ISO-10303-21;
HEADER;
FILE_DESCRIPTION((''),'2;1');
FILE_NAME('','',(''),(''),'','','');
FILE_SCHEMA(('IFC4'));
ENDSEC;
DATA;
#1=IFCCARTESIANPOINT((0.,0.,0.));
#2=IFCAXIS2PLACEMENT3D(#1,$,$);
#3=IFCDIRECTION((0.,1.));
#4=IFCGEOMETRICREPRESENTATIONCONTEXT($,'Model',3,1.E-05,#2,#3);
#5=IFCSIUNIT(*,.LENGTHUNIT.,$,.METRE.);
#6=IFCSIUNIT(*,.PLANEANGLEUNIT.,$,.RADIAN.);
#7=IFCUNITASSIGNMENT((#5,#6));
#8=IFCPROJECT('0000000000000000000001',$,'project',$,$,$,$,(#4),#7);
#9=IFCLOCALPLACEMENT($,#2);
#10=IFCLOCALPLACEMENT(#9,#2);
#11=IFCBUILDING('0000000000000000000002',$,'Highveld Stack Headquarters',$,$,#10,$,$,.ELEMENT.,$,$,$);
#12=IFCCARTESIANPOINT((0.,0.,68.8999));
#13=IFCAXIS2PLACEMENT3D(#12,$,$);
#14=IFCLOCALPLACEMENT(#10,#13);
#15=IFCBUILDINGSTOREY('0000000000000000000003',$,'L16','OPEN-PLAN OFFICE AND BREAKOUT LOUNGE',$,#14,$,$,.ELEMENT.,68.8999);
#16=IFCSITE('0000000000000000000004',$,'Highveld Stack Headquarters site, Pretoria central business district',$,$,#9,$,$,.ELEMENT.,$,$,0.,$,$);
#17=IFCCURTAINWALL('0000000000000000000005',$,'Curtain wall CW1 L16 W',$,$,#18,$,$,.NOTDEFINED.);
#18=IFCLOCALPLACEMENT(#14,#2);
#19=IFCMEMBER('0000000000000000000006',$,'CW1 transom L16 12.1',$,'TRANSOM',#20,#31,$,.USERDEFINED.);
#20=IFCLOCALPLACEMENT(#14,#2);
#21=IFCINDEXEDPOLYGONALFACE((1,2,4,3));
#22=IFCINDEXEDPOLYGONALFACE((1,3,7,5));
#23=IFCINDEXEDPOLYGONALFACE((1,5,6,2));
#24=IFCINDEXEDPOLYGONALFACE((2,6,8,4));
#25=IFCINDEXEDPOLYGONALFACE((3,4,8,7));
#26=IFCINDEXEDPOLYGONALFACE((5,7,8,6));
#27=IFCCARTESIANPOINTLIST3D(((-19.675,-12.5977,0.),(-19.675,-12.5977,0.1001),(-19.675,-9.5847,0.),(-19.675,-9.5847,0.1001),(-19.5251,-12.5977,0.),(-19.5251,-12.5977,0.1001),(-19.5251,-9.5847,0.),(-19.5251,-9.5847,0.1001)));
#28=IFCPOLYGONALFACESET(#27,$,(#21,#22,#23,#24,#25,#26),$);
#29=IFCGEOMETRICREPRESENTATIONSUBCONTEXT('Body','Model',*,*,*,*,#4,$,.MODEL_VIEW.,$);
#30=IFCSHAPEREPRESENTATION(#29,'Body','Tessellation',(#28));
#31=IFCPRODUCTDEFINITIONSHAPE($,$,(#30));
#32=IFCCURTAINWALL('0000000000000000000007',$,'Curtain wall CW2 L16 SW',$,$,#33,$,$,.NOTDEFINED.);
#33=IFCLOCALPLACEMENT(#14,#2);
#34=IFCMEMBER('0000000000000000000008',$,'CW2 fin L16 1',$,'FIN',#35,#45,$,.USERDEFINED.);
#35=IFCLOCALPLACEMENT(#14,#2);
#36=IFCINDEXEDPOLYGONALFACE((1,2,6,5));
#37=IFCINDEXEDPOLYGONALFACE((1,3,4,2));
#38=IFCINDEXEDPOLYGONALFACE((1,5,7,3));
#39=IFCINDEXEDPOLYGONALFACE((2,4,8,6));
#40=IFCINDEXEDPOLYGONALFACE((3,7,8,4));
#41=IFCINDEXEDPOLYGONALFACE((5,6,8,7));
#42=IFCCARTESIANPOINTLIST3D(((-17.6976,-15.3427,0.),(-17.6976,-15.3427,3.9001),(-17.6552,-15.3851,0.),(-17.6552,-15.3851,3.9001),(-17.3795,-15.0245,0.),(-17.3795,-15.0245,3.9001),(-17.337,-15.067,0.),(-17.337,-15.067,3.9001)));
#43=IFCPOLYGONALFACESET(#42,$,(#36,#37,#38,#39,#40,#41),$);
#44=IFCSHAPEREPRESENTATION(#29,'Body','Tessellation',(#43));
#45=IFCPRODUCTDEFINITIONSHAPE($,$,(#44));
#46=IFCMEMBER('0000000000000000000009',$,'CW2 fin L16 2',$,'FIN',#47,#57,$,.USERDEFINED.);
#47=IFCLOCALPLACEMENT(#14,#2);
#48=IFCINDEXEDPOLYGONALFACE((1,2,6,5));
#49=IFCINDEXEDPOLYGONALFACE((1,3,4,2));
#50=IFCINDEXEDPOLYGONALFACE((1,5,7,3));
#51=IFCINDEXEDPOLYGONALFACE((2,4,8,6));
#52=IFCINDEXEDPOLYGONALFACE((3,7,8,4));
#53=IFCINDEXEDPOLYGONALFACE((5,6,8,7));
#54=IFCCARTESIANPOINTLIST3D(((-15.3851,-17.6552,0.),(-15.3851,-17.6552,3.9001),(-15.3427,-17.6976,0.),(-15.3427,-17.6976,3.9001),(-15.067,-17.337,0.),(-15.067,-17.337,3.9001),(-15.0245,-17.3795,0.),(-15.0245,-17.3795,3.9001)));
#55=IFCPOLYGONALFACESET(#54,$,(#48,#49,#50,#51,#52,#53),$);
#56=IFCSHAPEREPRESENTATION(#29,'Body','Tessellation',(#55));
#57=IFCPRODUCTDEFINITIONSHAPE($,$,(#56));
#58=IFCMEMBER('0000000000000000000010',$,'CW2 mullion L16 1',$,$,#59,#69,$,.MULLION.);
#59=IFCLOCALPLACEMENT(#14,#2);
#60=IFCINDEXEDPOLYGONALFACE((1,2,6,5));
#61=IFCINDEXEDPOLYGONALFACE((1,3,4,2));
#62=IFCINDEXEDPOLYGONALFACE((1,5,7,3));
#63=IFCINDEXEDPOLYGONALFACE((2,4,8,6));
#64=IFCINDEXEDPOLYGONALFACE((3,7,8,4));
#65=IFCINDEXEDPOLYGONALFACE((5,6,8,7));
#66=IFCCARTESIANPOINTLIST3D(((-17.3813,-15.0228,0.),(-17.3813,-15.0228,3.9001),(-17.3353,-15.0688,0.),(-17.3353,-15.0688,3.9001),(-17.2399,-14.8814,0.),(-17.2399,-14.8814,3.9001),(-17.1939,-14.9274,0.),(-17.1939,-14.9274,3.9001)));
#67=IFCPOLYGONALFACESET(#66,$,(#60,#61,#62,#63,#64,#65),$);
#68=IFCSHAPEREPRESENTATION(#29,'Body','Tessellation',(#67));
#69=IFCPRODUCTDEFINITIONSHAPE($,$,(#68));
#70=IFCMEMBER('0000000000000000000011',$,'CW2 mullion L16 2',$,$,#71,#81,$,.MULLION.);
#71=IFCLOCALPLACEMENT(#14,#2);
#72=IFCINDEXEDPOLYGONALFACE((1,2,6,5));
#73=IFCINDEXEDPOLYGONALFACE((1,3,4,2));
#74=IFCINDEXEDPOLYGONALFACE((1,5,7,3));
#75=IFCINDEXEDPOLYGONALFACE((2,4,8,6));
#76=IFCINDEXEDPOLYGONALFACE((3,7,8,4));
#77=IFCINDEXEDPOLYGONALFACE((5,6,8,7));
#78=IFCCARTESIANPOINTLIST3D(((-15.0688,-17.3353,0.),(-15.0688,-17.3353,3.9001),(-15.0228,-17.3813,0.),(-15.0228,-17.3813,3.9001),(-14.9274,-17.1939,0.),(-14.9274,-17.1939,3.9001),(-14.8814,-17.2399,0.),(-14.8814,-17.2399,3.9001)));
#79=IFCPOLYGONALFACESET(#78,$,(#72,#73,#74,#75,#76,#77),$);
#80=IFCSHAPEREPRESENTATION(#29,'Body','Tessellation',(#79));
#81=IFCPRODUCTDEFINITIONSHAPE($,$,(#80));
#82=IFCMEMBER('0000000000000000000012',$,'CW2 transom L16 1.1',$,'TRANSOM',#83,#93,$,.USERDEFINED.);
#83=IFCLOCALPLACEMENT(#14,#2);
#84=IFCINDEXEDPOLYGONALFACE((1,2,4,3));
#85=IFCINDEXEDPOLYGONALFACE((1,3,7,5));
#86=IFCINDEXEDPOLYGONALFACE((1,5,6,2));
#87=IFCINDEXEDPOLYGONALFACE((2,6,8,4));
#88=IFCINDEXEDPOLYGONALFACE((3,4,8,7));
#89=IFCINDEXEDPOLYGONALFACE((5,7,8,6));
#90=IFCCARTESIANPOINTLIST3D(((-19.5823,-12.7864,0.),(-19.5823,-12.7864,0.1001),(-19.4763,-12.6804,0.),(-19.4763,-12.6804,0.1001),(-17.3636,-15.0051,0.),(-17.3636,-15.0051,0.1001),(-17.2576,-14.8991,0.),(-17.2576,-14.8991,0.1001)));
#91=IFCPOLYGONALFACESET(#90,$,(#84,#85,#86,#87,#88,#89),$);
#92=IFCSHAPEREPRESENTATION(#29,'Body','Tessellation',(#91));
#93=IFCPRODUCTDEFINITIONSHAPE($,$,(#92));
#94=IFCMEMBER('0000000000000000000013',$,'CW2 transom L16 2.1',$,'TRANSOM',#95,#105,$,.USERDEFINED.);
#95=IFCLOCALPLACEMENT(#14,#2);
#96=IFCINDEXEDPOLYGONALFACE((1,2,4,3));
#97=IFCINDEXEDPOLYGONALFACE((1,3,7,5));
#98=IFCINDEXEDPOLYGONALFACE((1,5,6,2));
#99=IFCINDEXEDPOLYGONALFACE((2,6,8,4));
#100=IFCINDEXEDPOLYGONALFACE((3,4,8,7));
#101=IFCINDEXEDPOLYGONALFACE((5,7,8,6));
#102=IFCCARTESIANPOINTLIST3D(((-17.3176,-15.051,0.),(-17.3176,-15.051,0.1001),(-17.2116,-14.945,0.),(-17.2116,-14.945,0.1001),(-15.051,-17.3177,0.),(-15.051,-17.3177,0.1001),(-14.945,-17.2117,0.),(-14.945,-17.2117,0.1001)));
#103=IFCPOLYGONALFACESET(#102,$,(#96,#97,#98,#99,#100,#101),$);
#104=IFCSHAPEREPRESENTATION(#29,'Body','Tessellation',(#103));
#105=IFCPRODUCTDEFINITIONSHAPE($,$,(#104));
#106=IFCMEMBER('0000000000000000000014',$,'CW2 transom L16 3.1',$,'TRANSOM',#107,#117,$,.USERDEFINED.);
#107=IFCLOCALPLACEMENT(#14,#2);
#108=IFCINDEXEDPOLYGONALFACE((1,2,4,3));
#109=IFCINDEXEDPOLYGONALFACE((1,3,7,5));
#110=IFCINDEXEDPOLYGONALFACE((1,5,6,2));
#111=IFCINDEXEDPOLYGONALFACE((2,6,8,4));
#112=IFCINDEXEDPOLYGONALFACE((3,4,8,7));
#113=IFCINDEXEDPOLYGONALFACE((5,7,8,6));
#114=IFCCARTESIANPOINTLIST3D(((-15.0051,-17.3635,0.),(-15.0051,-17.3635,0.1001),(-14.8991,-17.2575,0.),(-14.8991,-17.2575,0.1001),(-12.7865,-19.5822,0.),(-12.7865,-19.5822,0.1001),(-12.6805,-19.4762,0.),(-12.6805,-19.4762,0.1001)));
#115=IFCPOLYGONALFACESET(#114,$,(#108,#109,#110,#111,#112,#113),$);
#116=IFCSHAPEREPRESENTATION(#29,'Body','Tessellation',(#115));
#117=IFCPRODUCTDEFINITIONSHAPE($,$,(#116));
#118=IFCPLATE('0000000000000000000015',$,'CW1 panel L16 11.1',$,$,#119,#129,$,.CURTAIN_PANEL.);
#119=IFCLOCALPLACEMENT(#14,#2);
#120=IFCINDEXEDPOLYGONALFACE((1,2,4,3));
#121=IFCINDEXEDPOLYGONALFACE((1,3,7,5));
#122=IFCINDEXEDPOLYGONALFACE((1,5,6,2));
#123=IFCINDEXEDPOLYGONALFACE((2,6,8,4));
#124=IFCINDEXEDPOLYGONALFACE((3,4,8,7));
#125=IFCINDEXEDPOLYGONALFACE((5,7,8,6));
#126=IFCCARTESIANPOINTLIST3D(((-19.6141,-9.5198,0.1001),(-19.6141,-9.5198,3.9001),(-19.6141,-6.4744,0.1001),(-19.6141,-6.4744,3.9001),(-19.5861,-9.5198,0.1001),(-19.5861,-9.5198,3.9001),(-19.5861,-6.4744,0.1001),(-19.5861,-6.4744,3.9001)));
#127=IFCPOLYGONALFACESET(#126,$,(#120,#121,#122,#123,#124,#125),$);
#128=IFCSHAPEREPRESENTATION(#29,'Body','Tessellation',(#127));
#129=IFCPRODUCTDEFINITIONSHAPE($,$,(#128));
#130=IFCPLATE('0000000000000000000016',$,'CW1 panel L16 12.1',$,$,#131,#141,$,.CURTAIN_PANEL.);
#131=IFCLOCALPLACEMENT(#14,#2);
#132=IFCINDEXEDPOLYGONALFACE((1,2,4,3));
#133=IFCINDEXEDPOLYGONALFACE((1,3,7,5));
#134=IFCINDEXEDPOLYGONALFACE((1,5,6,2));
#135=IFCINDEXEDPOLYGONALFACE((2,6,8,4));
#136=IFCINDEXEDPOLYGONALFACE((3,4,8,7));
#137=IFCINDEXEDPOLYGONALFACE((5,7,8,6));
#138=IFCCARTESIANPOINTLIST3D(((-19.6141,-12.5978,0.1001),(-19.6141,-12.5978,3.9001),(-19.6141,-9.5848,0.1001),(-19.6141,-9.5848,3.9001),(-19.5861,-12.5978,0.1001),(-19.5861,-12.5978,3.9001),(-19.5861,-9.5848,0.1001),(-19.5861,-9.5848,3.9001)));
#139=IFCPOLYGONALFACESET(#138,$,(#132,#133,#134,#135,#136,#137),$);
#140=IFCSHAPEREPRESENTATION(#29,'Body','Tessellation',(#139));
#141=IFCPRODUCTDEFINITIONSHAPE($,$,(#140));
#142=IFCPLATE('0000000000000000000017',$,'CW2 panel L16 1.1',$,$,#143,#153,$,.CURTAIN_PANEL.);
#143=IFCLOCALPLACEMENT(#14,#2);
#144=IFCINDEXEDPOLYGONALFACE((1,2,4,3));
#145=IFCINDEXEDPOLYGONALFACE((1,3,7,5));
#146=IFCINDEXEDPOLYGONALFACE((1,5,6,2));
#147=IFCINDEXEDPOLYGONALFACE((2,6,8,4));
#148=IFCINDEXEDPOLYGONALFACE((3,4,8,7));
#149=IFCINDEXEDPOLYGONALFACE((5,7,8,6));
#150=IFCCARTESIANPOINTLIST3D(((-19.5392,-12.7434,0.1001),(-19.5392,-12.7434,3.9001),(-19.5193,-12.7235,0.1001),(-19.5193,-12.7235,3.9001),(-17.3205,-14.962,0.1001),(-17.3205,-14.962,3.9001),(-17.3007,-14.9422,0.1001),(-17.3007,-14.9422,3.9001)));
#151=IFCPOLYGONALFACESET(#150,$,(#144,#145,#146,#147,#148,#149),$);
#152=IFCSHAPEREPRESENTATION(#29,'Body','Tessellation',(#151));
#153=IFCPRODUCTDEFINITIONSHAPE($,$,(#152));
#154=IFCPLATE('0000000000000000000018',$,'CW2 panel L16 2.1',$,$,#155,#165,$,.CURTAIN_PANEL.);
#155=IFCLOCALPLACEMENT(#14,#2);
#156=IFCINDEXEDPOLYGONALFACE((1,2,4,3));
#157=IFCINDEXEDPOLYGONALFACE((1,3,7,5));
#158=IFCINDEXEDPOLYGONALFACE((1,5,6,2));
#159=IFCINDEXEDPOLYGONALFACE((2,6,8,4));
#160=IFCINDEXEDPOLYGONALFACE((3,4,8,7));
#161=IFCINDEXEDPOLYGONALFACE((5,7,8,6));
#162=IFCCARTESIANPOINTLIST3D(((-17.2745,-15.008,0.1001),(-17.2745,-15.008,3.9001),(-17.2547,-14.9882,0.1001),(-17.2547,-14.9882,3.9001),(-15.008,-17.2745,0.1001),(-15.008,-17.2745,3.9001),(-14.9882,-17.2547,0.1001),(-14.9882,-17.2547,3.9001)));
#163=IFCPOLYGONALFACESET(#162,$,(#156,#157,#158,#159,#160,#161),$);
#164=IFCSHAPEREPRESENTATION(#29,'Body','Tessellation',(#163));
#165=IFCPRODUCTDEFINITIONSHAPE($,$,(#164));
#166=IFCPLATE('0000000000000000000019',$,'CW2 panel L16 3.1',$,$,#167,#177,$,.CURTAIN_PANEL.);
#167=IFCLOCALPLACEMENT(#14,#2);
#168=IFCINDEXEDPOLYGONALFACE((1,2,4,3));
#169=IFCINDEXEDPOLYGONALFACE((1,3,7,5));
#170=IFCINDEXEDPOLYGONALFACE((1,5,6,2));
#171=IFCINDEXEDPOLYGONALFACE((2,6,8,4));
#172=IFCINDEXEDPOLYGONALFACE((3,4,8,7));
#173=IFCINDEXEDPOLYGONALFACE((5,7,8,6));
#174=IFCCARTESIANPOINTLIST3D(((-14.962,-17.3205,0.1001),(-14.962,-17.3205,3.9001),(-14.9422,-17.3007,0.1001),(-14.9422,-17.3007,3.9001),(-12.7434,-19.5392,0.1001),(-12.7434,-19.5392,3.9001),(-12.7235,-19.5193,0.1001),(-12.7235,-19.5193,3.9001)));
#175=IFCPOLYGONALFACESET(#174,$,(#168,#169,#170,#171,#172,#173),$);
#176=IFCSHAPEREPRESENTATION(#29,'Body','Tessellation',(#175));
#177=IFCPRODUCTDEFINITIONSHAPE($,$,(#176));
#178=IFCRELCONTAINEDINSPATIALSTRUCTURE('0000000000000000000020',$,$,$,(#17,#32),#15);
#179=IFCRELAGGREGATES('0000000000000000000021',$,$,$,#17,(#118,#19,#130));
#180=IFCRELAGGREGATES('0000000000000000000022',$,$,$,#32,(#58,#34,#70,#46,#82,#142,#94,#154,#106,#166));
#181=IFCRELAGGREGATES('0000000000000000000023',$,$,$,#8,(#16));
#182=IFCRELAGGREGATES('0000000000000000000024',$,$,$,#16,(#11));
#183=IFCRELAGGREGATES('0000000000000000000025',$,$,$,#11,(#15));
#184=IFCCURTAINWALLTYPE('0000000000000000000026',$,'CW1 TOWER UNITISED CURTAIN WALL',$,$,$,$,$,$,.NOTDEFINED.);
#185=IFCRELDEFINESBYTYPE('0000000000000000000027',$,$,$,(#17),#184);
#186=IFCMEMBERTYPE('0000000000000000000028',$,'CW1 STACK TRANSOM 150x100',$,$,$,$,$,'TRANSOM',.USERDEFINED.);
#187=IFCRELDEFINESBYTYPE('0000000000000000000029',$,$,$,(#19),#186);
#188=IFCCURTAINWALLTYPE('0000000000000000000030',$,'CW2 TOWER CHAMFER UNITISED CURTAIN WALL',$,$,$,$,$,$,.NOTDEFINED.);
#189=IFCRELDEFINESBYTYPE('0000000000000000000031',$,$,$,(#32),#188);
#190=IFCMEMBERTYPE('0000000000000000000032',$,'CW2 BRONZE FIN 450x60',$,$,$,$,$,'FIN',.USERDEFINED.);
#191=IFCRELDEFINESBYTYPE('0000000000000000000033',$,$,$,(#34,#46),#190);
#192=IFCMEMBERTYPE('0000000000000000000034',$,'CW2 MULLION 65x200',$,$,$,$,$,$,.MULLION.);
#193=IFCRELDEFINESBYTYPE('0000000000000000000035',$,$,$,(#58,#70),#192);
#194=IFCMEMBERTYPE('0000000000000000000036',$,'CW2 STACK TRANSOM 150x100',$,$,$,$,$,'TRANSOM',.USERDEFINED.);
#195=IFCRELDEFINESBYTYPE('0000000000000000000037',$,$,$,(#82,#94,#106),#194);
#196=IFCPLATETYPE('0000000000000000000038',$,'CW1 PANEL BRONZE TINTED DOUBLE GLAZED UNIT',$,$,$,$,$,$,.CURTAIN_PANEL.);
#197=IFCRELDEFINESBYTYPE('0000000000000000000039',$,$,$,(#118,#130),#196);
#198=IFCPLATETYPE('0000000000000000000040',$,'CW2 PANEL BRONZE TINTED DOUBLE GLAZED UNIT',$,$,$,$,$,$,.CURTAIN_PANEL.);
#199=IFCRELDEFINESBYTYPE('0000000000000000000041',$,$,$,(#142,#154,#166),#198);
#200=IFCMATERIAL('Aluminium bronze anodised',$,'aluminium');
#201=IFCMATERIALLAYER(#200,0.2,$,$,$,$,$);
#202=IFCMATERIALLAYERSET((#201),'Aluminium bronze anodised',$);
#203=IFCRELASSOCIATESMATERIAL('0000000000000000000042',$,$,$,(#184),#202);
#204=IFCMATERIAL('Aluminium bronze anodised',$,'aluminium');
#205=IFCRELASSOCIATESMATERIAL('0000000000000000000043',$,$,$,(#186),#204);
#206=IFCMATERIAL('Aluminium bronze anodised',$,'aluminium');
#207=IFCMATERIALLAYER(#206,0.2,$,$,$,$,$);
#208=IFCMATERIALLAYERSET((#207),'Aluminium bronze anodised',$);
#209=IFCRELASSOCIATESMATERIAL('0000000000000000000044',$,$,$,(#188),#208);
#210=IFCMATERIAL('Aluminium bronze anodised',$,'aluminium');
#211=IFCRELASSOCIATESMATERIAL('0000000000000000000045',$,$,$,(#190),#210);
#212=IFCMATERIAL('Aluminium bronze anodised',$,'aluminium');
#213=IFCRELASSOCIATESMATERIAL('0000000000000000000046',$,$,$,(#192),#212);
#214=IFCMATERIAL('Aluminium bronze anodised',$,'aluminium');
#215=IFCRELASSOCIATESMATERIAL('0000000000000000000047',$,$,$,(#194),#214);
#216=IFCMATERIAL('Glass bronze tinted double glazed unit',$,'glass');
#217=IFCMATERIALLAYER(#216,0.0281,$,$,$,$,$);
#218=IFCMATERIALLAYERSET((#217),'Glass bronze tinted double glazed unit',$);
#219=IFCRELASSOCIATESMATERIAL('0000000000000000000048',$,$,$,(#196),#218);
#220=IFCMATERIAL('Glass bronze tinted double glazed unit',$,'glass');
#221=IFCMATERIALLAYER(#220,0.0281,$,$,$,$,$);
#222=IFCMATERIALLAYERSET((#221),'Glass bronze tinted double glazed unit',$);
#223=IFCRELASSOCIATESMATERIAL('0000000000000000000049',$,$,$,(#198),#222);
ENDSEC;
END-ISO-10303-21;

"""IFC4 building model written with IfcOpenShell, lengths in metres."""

from ifc_helpers import new_model, si_unit, direction, frame, origin, origin_2d, place, context, subcontext, project, spatial, rectangle, extrude, material, layer, layer_set, material_profile, profile_set, type_object, element, aggregate, save


model = new_model("IFC4")

# Units and contexts
model_context = context("Model", 3, precision=1e-05, world=origin(), true_north=direction((0.0, 1.0)))
body_context = subcontext(model_context, "Body", "Model", "MODEL_VIEW")
ifc_project = project(units=[si_unit("LENGTHUNIT", "METRE"), si_unit("PLANEANGLEUNIT", "RADIAN")], contexts=[model_context])

# Site, building, storey
site_placement = place(None, origin())
site = spatial("IfcSite", under=ifc_project, at=site_placement, Name="Highveld Stack Headquarters site, Pretoria central business district", CompositionType="ELEMENT", RefElevation=0.0)
building_placement = place(site_placement, origin())
building = spatial("IfcBuilding", under=site, at=building_placement, Name="Highveld Stack Headquarters", CompositionType="ELEMENT")
storey_placement = place(building_placement, frame((0.0, 0.0, 68.8999)))
storey = spatial("IfcBuildingStorey", under=building, at=storey_placement, Name="L16", Description="OPEN-PLAN OFFICE AND BREAKOUT LOUNGE", CompositionType="ELEMENT", Elevation=68.8999)

# Shared definitions
ifc_material_1 = material(Name="Aluminium bronze anodised", Category="aluminium")
ifc_layer_1 = layer(ifc_material_1, 0.2)
ifc_layer_set_1 = layer_set([ifc_layer_1], Name="Aluminium bronze anodised")
curtain_wall_type_1 = type_object("IfcCurtainWallType", Name="CW1 TOWER UNITISED CURTAIN WALL", PredefinedType="NOTDEFINED", material=ifc_layer_set_1)

# Curtain wall
curtain_wall_1_placement = place(storey_placement, origin())
curtain_wall_1 = element("IfcCurtainWall", 1, at=curtain_wall_1_placement, inside=storey, type_object=curtain_wall_type_1, Name="Curtain wall CW1 L16 W", PredefinedType="NOTDEFINED")

# Member
ifc_material_2 = material(Name="Aluminium bronze anodised", Category="aluminium")
ifc_material_profile_1 = material_profile(ifc_material_2, rectangle(XDim=0.1499, YDim=0.1001, at=origin_2d()), Name="CW1 TRANSOM 150x100")
ifc_profile_set_1 = profile_set([ifc_material_profile_1], Name="Aluminium bronze anodised")
member_type_1 = type_object("IfcMemberType", Name="CW1 STACK TRANSOM 150x100", ElementType="TRANSOM", PredefinedType="USERDEFINED", material=ifc_profile_set_1)
member_1_placement = place(storey_placement, frame((-19.6001, -9.5847, 0.05), z_axis=(0.0, -1.0, 0.0), x_axis=(1.0, 0.0, 0.0)))
member_1 = element("IfcMember", 2, at=member_1_placement, type_object=member_type_1, Name="CW1 transom L16 12.1", ObjectType="TRANSOM", PredefinedType="USERDEFINED", context=body_context, shape_type="SweptSolid", body=[
    extrude(rectangle(XDim=0.1499, YDim=0.1001, at=origin_2d()), origin(), (0.0, 0.0, 1.0), 3.0129),
])

# Curtain wall, members
ifc_material_3 = material(Name="Aluminium bronze anodised", Category="aluminium")
ifc_layer_2 = layer(ifc_material_3, 0.2)
ifc_layer_set_2 = layer_set([ifc_layer_2], Name="Aluminium bronze anodised")
curtain_wall_type_2 = type_object("IfcCurtainWallType", Name="CW2 TOWER CHAMFER UNITISED CURTAIN WALL", PredefinedType="NOTDEFINED", material=ifc_layer_set_2)
curtain_wall_2_placement = place(storey_placement, origin())
curtain_wall_2 = element("IfcCurtainWall", 3, at=curtain_wall_2_placement, inside=storey, type_object=curtain_wall_type_2, Name="Curtain wall CW2 L16 SW", PredefinedType="NOTDEFINED")
ifc_material_4 = material(Name="Aluminium bronze anodised", Category="aluminium")
ifc_material_profile_2 = material_profile(ifc_material_4, rectangle(XDim=0.45, YDim=0.0601, at=origin_2d()), Name="FIN 450x60")
ifc_profile_set_2 = profile_set([ifc_material_profile_2], Name="Aluminium bronze anodised")
member_type_2 = type_object("IfcMemberType", Name="CW2 BRONZE FIN 450x60", ElementType="FIN", PredefinedType="USERDEFINED", material=ifc_profile_set_2)
member_2_placement = place(storey_placement, frame((-17.5173, -15.2048, 0.0), z_axis=(0.0, 0.0, 1.0), x_axis=(0.707107, 0.707107, 0.0)))
member_2 = element("IfcMember", 4, at=member_2_placement, type_object=member_type_2, Name="CW2 fin L16 1", ObjectType="FIN", PredefinedType="USERDEFINED", context=body_context, shape_type="SweptSolid", body=[
    extrude(rectangle(XDim=0.45, YDim=0.0601, at=origin_2d()), origin(), (0.0, 0.0, 1.0), 3.9001),
])
member_3_placement = place(storey_placement, frame((-15.2048, -17.5173, 0.0), z_axis=(0.0, 0.0, 1.0), x_axis=(0.707107, 0.707107, 0.0)))
member_3 = element("IfcMember", 5, at=member_3_placement, type_object=member_type_2, Name="CW2 fin L16 2", ObjectType="FIN", PredefinedType="USERDEFINED", context=body_context, shape_type="SweptSolid", body=[
    extrude(rectangle(XDim=0.45, YDim=0.0601, at=origin_2d()), origin(), (0.0, 0.0, 1.0), 3.9001),
])
ifc_material_5 = material(Name="Aluminium bronze anodised", Category="aluminium")
ifc_material_profile_3 = material_profile(ifc_material_5, rectangle(XDim=0.2, YDim=0.0649, at=origin_2d()), Name="CW2 MULLION 65x200")
ifc_profile_set_3 = profile_set([ifc_material_profile_3], Name="Aluminium bronze anodised")
member_type_3 = type_object("IfcMemberType", Name="CW2 MULLION 65x200", PredefinedType="MULLION", material=ifc_profile_set_3)
member_4_placement = place(storey_placement, frame((-17.2876, -14.9751, 0.0), z_axis=(0.0, 0.0, 1.0), x_axis=(0.707107, 0.707107, 0.0)))
member_4 = element("IfcMember", 6, at=member_4_placement, type_object=member_type_3, Name="CW2 mullion L16 1", PredefinedType="MULLION", context=body_context, shape_type="SweptSolid", body=[
    extrude(rectangle(XDim=0.2, YDim=0.0649, at=origin_2d()), origin(), (0.0, 0.0, 1.0), 3.9001),
])
member_5_placement = place(storey_placement, frame((-14.9751, -17.2876, 0.0), z_axis=(0.0, 0.0, 1.0), x_axis=(0.707107, 0.707107, 0.0)))
member_5 = element("IfcMember", 7, at=member_5_placement, type_object=member_type_3, Name="CW2 mullion L16 2", PredefinedType="MULLION", context=body_context, shape_type="SweptSolid", body=[
    extrude(rectangle(XDim=0.2, YDim=0.0649, at=origin_2d()), origin(), (0.0, 0.0, 1.0), 3.9001),
])
ifc_material_6 = material(Name="Aluminium bronze anodised", Category="aluminium")
ifc_material_profile_4 = material_profile(ifc_material_6, rectangle(XDim=0.1499, YDim=0.1001, at=origin_2d()), Name="CW2 TRANSOM 150x100")
ifc_profile_set_4 = profile_set([ifc_material_profile_4], Name="Aluminium bronze anodised")
member_type_4 = type_object("IfcMemberType", Name="CW2 STACK TRANSOM 150x100", ElementType="TRANSOM", PredefinedType="USERDEFINED", material=ifc_profile_set_4)
member_6_placement = place(storey_placement, frame((-19.5293, -12.7334, 0.05), z_axis=(0.707107, -0.707107, 0.0), x_axis=(0.707107, 0.707107, 0.0)))
member_6 = element("IfcMember", 8, at=member_6_placement, type_object=member_type_4, Name="CW2 transom L16 1.1", ObjectType="TRANSOM", PredefinedType="USERDEFINED", context=body_context, shape_type="SweptSolid", body=[
    extrude(rectangle(XDim=0.1499, YDim=0.1001, at=origin_2d()), origin(), (0.0, 0.0, 1.0), 3.1377),
])
member_7_placement = place(storey_placement, frame((-17.2646, -14.998, 0.05), z_axis=(0.707107, -0.707107, 0.0), x_axis=(0.707107, 0.707107, 0.0)))
member_7 = element("IfcMember", 9, at=member_7_placement, type_object=member_type_4, Name="CW2 transom L16 2.1", ObjectType="TRANSOM", PredefinedType="USERDEFINED", context=body_context, shape_type="SweptSolid", body=[
    extrude(rectangle(XDim=0.1499, YDim=0.1001, at=origin_2d()), origin(), (0.0, 0.0, 1.0), 3.2056),
])
member_8_placement = place(storey_placement, frame((-14.9521, -17.3105, 0.05), z_axis=(0.707107, -0.707107, 0.0), x_axis=(0.707107, 0.707107, 0.0)))
member_8 = element("IfcMember", 10, at=member_8_placement, type_object=member_type_4, Name="CW2 transom L16 3.1", ObjectType="TRANSOM", PredefinedType="USERDEFINED", context=body_context, shape_type="SweptSolid", body=[
    extrude(rectangle(XDim=0.1499, YDim=0.1001, at=origin_2d()), origin(), (0.0, 0.0, 1.0), 3.1377),
])

# Plates
ifc_material_7 = material(Name="Glass bronze tinted double glazed unit", Category="glass")
ifc_layer_3 = layer(ifc_material_7, 0.0281)
ifc_layer_set_3 = layer_set([ifc_layer_3], Name="Glass bronze tinted double glazed unit")
plate_type_1 = type_object("IfcPlateType", Name="CW1 PANEL BRONZE TINTED DOUBLE GLAZED UNIT", PredefinedType="CURTAIN_PANEL", material=ifc_layer_set_3)
plate_1_placement = place(storey_placement, frame((-19.6001, -7.9971, 0.1001), z_axis=(0.0, 0.0, 1.0), x_axis=(0.0, -1.0, 0.0)))
plate_1 = element("IfcPlate", 11, at=plate_1_placement, type_object=plate_type_1, Name="CW1 panel L16 11.1", PredefinedType="CURTAIN_PANEL", context=body_context, shape_type="SweptSolid", body=[
    extrude(rectangle(XDim=3.0454, YDim=0.0281, at=origin_2d()), origin(), (0.0, 0.0, 1.0), 3.8),
])
plate_2_placement = place(storey_placement, frame((-19.6001, -11.0913, 0.1001), z_axis=(0.0, 0.0, 1.0), x_axis=(0.0, -1.0, 0.0)))
plate_2 = element("IfcPlate", 12, at=plate_2_placement, type_object=plate_type_1, Name="CW1 panel L16 12.1", PredefinedType="CURTAIN_PANEL", context=body_context, shape_type="SweptSolid", body=[
    extrude(rectangle(XDim=3.0129, YDim=0.0281, at=origin_2d()), origin(), (0.0, 0.0, 1.0), 3.8),
])
aggregate(curtain_wall_1, [plate_1, member_1, plate_2])
ifc_material_8 = material(Name="Glass bronze tinted double glazed unit", Category="glass")
ifc_layer_4 = layer(ifc_material_8, 0.0281)
ifc_layer_set_4 = layer_set([ifc_layer_4], Name="Glass bronze tinted double glazed unit")
plate_type_2 = type_object("IfcPlateType", Name="CW2 PANEL BRONZE TINTED DOUBLE GLAZED UNIT", PredefinedType="CURTAIN_PANEL", material=ifc_layer_set_4)
plate_3_placement = place(storey_placement, frame((-18.4199, -13.8428, 0.1001), z_axis=(0.0, 0.0, 1.0), x_axis=(0.707107, -0.707107, 0.0)))
plate_3 = element("IfcPlate", 13, at=plate_3_placement, type_object=plate_type_2, Name="CW2 panel L16 1.1", PredefinedType="CURTAIN_PANEL", context=body_context, shape_type="SweptSolid", body=[
    extrude(rectangle(XDim=3.1377, YDim=0.0281, at=origin_2d()), origin(), (0.0, 0.0, 1.0), 3.8),
])
plate_4_placement = place(storey_placement, frame((-16.1313, -16.1313, 0.1001), z_axis=(0.0, 0.0, 1.0), x_axis=(0.707107, -0.707107, 0.0)))
plate_4 = element("IfcPlate", 14, at=plate_4_placement, type_object=plate_type_2, Name="CW2 panel L16 2.1", PredefinedType="CURTAIN_PANEL", context=body_context, shape_type="SweptSolid", body=[
    extrude(rectangle(XDim=3.2053, YDim=0.0281, at=origin_2d()), origin(), (0.0, 0.0, 1.0), 3.8),
])
plate_5_placement = place(storey_placement, frame((-13.8428, -18.4199, 0.1001), z_axis=(0.0, 0.0, 1.0), x_axis=(0.707107, -0.707107, 0.0)))
plate_5 = element("IfcPlate", 15, at=plate_5_placement, type_object=plate_type_2, Name="CW2 panel L16 3.1", PredefinedType="CURTAIN_PANEL", context=body_context, shape_type="SweptSolid", body=[
    extrude(rectangle(XDim=3.1377, YDim=0.0281, at=origin_2d()), origin(), (0.0, 0.0, 1.0), 3.8),
])
aggregate(curtain_wall_2, [member_4, member_2, member_5, member_3, member_6, plate_3, member_7, plate_4, member_8, plate_5])

save(model, "model.ifc")
